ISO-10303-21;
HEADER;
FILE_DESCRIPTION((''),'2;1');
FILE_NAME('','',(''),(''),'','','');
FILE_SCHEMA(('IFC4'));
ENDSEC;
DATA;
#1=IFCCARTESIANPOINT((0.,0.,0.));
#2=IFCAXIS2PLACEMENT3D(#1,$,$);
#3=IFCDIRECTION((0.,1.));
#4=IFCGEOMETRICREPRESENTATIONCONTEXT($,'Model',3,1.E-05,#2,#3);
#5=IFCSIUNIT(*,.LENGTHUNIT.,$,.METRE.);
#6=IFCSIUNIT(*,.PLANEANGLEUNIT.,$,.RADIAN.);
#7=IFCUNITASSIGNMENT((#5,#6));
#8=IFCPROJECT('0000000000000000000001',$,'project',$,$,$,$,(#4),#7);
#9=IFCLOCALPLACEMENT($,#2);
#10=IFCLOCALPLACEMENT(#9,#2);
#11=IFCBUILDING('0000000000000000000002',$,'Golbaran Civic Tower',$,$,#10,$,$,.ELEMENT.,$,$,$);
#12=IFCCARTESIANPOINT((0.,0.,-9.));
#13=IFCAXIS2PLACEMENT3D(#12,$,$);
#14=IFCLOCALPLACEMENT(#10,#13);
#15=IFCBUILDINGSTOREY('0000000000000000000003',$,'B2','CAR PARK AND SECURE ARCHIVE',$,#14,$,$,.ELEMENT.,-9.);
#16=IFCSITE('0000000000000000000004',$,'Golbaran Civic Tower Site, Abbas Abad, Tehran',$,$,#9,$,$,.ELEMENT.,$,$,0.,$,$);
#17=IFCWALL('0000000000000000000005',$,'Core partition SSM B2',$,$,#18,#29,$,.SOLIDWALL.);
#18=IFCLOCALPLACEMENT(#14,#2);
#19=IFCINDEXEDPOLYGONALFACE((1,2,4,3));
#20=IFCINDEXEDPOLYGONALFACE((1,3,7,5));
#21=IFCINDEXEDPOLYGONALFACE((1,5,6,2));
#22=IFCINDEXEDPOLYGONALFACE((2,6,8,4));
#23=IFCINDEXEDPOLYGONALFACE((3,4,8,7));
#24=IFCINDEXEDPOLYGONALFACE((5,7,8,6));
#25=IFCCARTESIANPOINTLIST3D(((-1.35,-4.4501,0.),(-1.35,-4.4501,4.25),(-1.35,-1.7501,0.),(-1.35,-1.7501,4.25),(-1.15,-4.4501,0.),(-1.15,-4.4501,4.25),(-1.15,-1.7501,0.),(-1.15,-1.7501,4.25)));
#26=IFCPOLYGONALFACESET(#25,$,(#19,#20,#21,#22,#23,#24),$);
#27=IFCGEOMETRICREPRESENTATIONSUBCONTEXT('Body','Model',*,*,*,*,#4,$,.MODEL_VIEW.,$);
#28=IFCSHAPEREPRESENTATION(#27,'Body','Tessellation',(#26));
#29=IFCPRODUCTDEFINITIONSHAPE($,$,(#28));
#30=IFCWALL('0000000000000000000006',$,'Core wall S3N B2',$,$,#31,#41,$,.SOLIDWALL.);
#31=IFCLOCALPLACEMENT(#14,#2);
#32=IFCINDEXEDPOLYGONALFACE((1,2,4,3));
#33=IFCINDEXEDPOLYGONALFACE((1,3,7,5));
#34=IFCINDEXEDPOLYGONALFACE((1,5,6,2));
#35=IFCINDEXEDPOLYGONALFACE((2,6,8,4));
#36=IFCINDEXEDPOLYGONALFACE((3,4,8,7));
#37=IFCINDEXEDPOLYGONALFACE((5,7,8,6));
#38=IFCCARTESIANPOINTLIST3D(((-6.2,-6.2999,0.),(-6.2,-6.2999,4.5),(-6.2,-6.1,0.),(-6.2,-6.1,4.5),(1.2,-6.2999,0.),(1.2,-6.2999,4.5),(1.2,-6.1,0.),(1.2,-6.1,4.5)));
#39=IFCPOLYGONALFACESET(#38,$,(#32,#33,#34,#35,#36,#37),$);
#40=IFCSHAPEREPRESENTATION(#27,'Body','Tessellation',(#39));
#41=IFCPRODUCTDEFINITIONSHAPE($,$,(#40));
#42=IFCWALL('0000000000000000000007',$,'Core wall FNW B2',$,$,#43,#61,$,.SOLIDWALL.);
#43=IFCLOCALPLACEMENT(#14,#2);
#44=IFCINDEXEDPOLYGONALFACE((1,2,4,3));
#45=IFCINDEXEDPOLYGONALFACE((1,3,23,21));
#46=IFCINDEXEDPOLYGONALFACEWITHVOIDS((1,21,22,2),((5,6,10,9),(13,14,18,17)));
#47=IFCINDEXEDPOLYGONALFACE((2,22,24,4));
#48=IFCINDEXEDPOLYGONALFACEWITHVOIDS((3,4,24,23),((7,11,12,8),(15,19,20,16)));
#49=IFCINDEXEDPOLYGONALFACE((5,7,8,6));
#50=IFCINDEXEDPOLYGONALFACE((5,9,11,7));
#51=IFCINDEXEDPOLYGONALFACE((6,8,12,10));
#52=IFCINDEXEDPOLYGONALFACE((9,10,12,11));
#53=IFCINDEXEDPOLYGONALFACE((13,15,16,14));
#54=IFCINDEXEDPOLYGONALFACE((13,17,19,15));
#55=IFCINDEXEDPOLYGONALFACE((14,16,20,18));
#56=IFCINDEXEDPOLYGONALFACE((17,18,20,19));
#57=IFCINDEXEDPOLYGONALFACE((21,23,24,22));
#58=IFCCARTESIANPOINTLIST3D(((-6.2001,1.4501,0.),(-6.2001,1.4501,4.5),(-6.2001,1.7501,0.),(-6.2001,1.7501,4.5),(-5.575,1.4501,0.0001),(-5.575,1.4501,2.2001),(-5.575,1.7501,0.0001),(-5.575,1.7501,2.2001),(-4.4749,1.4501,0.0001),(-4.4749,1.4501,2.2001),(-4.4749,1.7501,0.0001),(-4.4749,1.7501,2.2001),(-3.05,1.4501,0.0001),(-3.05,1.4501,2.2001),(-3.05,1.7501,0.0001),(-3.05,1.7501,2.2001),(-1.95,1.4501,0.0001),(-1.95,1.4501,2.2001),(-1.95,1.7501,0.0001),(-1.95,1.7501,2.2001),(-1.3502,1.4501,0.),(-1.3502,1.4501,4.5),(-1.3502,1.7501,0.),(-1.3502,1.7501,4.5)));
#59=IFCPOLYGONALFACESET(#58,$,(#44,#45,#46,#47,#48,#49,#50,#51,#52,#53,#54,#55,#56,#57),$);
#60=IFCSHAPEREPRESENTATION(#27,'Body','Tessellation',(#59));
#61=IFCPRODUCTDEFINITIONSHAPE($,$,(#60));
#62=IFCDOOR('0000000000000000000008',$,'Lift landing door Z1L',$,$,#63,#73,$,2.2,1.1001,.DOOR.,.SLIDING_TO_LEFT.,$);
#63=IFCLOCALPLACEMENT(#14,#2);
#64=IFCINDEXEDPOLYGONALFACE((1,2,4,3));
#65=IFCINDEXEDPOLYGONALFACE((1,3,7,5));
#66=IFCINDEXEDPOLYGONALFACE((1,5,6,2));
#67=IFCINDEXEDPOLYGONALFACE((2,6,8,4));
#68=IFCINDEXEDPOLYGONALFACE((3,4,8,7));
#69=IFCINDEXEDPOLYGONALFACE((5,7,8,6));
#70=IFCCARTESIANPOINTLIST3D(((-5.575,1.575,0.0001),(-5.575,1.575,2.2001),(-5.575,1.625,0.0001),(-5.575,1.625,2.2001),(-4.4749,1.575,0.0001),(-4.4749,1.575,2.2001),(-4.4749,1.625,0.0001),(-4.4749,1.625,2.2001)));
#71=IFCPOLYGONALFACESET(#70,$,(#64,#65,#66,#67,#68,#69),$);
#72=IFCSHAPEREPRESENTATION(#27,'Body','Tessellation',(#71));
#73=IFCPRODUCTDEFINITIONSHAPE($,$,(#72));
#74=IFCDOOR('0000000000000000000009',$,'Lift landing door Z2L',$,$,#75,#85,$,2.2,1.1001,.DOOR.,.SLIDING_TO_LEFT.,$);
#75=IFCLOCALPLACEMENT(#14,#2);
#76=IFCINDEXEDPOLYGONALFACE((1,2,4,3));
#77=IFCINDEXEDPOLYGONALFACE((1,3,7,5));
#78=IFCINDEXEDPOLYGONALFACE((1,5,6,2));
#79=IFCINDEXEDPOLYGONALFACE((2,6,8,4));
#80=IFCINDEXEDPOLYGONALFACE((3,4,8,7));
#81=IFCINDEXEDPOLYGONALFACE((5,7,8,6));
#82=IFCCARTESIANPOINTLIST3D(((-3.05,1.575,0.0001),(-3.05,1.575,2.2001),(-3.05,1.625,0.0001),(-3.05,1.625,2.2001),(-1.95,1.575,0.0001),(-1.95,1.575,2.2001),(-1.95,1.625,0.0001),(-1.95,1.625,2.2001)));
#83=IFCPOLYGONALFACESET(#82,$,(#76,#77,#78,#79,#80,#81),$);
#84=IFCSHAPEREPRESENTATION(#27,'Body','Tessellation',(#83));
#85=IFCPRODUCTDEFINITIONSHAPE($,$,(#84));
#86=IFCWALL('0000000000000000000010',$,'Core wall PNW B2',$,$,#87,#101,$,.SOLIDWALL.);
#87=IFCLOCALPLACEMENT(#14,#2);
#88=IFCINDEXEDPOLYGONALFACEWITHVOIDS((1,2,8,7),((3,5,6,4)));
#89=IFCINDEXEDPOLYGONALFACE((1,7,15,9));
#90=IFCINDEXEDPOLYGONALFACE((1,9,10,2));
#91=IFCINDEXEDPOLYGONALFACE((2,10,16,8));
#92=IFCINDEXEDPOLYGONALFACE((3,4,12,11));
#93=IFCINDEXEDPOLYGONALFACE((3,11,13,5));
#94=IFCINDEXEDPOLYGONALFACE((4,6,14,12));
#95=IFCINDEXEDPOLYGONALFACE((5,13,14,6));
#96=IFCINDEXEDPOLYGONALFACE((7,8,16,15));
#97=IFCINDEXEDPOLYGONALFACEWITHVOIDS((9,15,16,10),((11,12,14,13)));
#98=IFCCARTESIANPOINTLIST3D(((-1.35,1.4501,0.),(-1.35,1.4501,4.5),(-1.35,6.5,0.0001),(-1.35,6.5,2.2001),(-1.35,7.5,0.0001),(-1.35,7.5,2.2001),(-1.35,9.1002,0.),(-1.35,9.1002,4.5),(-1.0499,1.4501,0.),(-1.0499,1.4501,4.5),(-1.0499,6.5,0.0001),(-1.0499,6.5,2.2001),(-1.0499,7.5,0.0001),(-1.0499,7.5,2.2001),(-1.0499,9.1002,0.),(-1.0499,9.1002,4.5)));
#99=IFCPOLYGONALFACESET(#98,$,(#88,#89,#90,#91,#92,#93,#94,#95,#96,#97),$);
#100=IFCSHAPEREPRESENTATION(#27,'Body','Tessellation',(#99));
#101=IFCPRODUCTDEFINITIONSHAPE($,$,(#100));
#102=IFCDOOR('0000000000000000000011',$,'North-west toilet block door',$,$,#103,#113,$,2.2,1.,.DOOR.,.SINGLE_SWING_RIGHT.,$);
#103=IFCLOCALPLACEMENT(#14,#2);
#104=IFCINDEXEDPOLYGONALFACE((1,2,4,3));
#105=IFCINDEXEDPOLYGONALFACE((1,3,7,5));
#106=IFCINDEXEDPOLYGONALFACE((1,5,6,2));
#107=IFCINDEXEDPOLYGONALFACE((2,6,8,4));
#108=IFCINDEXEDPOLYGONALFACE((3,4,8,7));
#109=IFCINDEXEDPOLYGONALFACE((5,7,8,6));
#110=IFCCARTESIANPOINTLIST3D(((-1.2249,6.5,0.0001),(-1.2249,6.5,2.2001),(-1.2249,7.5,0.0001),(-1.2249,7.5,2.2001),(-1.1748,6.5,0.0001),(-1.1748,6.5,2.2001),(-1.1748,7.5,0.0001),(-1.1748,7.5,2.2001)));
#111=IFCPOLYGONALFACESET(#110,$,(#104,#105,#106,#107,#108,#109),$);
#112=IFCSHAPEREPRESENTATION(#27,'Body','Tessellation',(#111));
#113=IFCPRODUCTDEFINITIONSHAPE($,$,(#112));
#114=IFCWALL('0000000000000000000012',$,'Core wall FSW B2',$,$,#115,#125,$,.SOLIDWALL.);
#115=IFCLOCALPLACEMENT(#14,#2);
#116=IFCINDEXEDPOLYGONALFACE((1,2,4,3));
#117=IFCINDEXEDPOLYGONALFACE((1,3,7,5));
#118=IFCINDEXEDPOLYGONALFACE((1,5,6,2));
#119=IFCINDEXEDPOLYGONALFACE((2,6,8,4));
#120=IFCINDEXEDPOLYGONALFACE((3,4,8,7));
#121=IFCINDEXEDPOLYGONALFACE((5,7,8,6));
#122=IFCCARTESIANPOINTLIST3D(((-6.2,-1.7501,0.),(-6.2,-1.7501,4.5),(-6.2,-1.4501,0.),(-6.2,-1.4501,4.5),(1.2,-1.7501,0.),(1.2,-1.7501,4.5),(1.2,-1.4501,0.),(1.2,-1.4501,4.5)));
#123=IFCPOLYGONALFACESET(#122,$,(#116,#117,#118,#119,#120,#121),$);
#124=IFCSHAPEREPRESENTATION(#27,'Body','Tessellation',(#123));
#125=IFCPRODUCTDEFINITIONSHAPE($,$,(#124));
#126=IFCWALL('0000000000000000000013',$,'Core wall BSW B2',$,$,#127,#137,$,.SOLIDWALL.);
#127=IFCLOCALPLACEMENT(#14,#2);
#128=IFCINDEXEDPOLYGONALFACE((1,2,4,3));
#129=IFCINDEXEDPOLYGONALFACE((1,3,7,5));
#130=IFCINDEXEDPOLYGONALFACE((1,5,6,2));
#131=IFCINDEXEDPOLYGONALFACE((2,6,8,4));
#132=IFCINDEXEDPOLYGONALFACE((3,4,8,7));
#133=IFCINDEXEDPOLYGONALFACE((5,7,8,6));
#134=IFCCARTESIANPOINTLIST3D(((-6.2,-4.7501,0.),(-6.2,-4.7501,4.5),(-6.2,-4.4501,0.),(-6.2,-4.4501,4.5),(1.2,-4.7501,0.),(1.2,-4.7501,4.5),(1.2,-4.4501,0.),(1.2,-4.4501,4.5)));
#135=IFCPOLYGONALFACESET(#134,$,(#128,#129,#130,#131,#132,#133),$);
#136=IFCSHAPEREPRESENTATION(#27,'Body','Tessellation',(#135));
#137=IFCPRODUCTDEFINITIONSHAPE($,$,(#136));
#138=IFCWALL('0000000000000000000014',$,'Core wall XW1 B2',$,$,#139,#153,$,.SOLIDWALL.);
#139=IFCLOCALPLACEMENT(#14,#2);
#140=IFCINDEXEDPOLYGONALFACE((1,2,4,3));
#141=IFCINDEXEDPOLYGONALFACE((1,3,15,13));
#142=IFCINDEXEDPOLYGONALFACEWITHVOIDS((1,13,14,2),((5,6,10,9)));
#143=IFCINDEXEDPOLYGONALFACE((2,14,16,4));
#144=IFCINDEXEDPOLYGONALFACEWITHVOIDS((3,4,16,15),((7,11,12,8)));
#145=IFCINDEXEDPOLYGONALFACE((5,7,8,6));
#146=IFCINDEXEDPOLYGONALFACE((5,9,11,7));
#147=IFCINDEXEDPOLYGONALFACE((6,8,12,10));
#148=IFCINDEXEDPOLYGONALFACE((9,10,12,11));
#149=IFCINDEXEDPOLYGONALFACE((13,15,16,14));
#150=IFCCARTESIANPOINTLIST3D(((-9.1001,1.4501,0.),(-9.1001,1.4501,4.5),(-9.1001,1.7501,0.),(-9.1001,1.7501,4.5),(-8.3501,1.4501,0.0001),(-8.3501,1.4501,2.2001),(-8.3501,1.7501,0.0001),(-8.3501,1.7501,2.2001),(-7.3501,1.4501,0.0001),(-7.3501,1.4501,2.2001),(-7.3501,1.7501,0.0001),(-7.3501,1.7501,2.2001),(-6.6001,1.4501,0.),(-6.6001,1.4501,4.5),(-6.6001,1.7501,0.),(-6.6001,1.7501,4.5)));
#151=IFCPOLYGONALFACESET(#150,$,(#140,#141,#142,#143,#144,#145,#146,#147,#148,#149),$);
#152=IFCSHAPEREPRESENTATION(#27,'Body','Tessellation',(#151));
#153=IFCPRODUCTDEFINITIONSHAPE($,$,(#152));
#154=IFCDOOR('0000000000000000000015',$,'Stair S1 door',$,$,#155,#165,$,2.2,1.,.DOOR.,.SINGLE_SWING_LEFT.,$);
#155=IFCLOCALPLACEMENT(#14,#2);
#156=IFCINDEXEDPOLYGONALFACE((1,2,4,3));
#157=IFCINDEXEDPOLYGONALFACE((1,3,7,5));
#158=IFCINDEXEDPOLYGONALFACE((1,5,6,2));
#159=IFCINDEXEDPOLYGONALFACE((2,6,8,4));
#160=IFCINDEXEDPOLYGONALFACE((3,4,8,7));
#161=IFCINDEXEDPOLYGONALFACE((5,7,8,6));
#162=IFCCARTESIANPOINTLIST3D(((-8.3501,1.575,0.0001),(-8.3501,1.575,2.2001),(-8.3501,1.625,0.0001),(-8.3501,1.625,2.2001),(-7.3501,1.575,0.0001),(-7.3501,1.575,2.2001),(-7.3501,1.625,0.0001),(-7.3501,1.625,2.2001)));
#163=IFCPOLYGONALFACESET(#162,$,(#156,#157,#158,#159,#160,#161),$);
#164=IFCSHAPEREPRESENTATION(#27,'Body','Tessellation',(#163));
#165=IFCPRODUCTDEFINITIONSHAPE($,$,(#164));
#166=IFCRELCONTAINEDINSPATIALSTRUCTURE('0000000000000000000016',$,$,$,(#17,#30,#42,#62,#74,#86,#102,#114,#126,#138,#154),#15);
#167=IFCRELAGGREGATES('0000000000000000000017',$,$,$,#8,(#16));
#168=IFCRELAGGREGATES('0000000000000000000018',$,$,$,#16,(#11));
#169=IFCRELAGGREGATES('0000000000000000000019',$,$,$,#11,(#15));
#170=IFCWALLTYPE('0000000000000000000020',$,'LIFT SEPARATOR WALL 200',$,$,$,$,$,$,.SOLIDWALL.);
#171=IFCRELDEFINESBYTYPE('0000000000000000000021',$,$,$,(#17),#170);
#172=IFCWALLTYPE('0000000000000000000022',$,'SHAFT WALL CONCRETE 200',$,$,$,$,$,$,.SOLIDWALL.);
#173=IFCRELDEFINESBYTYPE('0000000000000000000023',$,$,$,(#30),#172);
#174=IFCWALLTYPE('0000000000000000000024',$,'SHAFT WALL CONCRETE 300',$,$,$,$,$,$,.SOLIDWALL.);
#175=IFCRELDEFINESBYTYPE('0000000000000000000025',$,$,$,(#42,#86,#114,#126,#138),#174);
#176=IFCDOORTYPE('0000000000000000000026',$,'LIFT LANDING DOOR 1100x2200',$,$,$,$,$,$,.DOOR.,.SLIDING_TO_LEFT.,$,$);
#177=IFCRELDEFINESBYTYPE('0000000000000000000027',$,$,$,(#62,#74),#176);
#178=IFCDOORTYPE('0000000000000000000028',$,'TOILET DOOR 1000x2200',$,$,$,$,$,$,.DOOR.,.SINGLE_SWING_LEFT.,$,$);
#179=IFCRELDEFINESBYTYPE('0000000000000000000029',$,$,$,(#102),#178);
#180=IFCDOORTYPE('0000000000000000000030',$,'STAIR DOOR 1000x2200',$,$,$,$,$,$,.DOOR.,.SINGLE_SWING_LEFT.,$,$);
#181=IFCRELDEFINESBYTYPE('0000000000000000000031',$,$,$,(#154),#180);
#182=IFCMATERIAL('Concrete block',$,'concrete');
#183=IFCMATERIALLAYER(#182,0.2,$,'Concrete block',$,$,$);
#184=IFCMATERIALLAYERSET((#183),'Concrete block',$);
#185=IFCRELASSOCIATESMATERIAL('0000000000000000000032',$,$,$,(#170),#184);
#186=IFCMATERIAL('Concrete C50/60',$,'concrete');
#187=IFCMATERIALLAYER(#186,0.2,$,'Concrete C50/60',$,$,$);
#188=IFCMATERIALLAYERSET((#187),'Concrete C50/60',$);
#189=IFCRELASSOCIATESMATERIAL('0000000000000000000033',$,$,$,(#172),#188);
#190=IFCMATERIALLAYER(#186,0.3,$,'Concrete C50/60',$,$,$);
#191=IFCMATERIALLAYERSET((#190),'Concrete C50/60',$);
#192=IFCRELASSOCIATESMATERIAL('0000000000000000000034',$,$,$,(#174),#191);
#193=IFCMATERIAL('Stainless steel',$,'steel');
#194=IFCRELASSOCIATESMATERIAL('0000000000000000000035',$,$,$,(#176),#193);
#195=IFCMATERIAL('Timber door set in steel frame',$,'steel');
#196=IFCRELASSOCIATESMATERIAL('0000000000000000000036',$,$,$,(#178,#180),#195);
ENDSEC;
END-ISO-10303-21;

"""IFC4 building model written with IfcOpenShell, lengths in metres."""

from ifc_helpers import new_model, si_unit, direction, frame, frame_2d, origin, place, context, subcontext, project, spatial, rectangle, extrude, material, layer, layer_set, type_object, element, fill, save


model = new_model("IFC4")

# Units and contexts
model_context = context("Model", 3, precision=1e-05, world=origin(), true_north=direction((0.0, 1.0)))
body_context = subcontext(model_context, "Body", "Model", "MODEL_VIEW")
ifc_project = project(units=[si_unit("LENGTHUNIT", "METRE"), si_unit("PLANEANGLEUNIT", "RADIAN")], contexts=[model_context])

# Site, building, storey
site_placement = place(None, origin())
site = spatial("IfcSite", under=ifc_project, at=site_placement, Name="Golbaran Civic Tower Site, Abbas Abad, Tehran", CompositionType="ELEMENT", RefElevation=0.0)
building_placement = place(site_placement, origin())
building = spatial("IfcBuilding", under=site, at=building_placement, Name="Golbaran Civic Tower", CompositionType="ELEMENT")
storey_placement = place(building_placement, frame((0.0, 0.0, -9.0)))
storey = spatial("IfcBuildingStorey", under=building, at=storey_placement, Name="B2", Description="CAR PARK AND SECURE ARCHIVE", CompositionType="ELEMENT", Elevation=-9.0)

# Shared definitions
ifc_material_1 = material(Name="Concrete C50/60", Category="concrete")

# Walls
ifc_material_2 = material(Name="Concrete block", Category="concrete")
ifc_layer_1 = layer(ifc_material_2, 0.2, Name="Concrete block")
ifc_layer_set_1 = layer_set([ifc_layer_1], Name="Concrete block")
wall_type_1 = type_object("IfcWallType", Name="LIFT SEPARATOR WALL 200", PredefinedType="SOLIDWALL", material=ifc_layer_set_1)
for number, where, z_axis, x_axis, name in (
    (1, (-1.25, -1.75, 0.0), (0.0, 0.0, 1.0), (0.0, -1.0, 0.0), "Core partition SSM B2"),
):
    element("IfcWall", number, at=place(storey_placement, frame(where, z_axis=z_axis, x_axis=x_axis)), inside=storey, type_object=wall_type_1, Name=name, PredefinedType="SOLIDWALL", context=body_context, shape_type="SweptSolid", body=[
        extrude(rectangle(XDim=2.7, YDim=0.2, at=frame_2d((1.3501, 0.0))), origin(), (0.0, 0.0, 1.0), 4.25),
    ])
ifc_layer_2 = layer(ifc_material_1, 0.2, Name="Concrete C50/60")
ifc_layer_set_2 = layer_set([ifc_layer_2], Name="Concrete C50/60")
wall_type_2 = type_object("IfcWallType", Name="SHAFT WALL CONCRETE 200", PredefinedType="SOLIDWALL", material=ifc_layer_set_2)
wall_1_placement = place(storey_placement, frame((-6.2, -6.2, 0.0), z_axis=(0.0, 0.0, 1.0), x_axis=(1.0, 0.0, 0.0)))
element("IfcWall", 2, at=wall_1_placement, inside=storey, type_object=wall_type_2, Name="Core wall S3N B2", PredefinedType="SOLIDWALL", context=body_context, shape_type="SweptSolid", body=[
    extrude(rectangle(XDim=7.3999, YDim=0.2, at=frame_2d((3.7, 0.0))), origin(), (0.0, 0.0, 1.0), 4.5),
])

# Wall, openings, doors
ifc_layer_3 = layer(ifc_material_1, 0.3, Name="Concrete C50/60")
ifc_layer_set_3 = layer_set([ifc_layer_3], Name="Concrete C50/60")
wall_type_3 = type_object("IfcWallType", Name="SHAFT WALL CONCRETE 300", PredefinedType="SOLIDWALL", material=ifc_layer_set_3)
wall_2_placement = place(storey_placement, frame((-6.2, 1.6001, 0.0), z_axis=(0.0, 0.0, 1.0), x_axis=(1.0, 0.0, 0.0)))
wall_2 = element("IfcWall", 3, at=wall_2_placement, inside=storey, type_object=wall_type_3, Name="Core wall FNW B2", PredefinedType="SOLIDWALL", context=body_context, shape_type="SweptSolid", body=[
    extrude(rectangle(XDim=4.8499, YDim=0.3, at=frame_2d((2.4248, 0.0))), origin(), (0.0, 0.0, 1.0), 4.5),
])
opening_1_placement = place(wall_2_placement, frame((0.625, 0.0, 0.0)))
opening_1 = element("IfcOpeningElement", 4, at=opening_1_placement, cuts=wall_2, PredefinedType="OPENING", context=body_context, shape_type="SweptSolid", body=[
    extrude(rectangle(XDim=1.1001, YDim=2.2, at=frame_2d((0.55, 1.1001))), frame((0.0, 0.1599, 0.0), z_axis=(0.0, -1.0, 0.0), x_axis=(1.0, 0.0, 0.0)), (0.0, 0.0, 1.0), 0.3201),
])
opening_2_placement = place(wall_2_placement, frame((3.1499, 0.0, 0.0)))
opening_2 = element("IfcOpeningElement", 5, at=opening_2_placement, cuts=wall_2, PredefinedType="OPENING", context=body_context, shape_type="SweptSolid", body=[
    extrude(rectangle(XDim=1.1001, YDim=2.2, at=frame_2d((0.55, 1.1001))), frame((0.0, 0.1599, 0.0), z_axis=(0.0, -1.0, 0.0), x_axis=(1.0, 0.0, 0.0)), (0.0, 0.0, 1.0), 0.3201),
])
ifc_material_3 = material(Name="Stainless steel", Category="steel")
door_type_1 = type_object("IfcDoorType", Name="LIFT LANDING DOOR 1100x2200", OperationType="SLIDING_TO_LEFT", PredefinedType="DOOR", material=ifc_material_3)
door_1_placement = place(opening_1_placement, origin())
door_1 = element("IfcDoor", 6, at=door_1_placement, inside=storey, type_object=door_type_1, Name="Lift landing door Z1L", OperationType="SLIDING_TO_LEFT", OverallHeight=2.2, OverallWidth=1.1001, PredefinedType="DOOR", context=body_context, shape_type="SweptSolid", body=[
    extrude(rectangle(XDim=1.1001, YDim=2.2, at=frame_2d((0.55, 1.1001))), frame((0.0, 0.0249, 0.0), z_axis=(0.0, -1.0, 0.0), x_axis=(1.0, 0.0, 0.0)), (0.0, 0.0, 1.0), 0.05),
])
fill(opening_1, door_1)
door_2_placement = place(opening_2_placement, origin())
door_2 = element("IfcDoor", 7, at=door_2_placement, inside=storey, type_object=door_type_1, Name="Lift landing door Z2L", OperationType="SLIDING_TO_LEFT", OverallHeight=2.2, OverallWidth=1.1001, PredefinedType="DOOR", context=body_context, shape_type="SweptSolid", body=[
    extrude(rectangle(XDim=1.1001, YDim=2.2, at=frame_2d((0.55, 1.1001))), frame((0.0, 0.0249, 0.0), z_axis=(0.0, -1.0, 0.0), x_axis=(1.0, 0.0, 0.0)), (0.0, 0.0, 1.0), 0.05),
])
fill(opening_2, door_2)

# Wall, opening, door
wall_3_placement = place(storey_placement, frame((-1.2, 1.45, 0.0), z_axis=(0.0, 0.0, 1.0), x_axis=(0.0, 1.0, 0.0)))
wall_3 = element("IfcWall", 8, at=wall_3_placement, inside=storey, type_object=wall_type_3, Name="Core wall PNW B2", PredefinedType="SOLIDWALL", context=body_context, shape_type="SweptSolid", body=[
    extrude(rectangle(XDim=7.6501, YDim=0.3, at=frame_2d((3.8252, 0.0))), origin(), (0.0, 0.0, 1.0), 4.5),
])
opening_3_placement = place(wall_3_placement, frame((5.05, 0.0, 0.0)))
opening_3 = element("IfcOpeningElement", 9, at=opening_3_placement, cuts=wall_3, PredefinedType="OPENING", context=body_context, shape_type="SweptSolid", body=[
    extrude(rectangle(XDim=1.0, YDim=2.2, at=frame_2d((0.5, 1.1001))), frame((0.0, 0.1599, 0.0), z_axis=(0.0, -1.0, 0.0), x_axis=(1.0, 0.0, 0.0)), (0.0, 0.0, 1.0), 0.3201),
])
ifc_material_4 = material(Name="Timber door set in steel frame", Category="steel")
door_type_2 = type_object("IfcDoorType", Name="TOILET DOOR 1000x2200", OperationType="SINGLE_SWING_LEFT", PredefinedType="DOOR", material=ifc_material_4)
door_3_placement = place(opening_3_placement, origin())
door_3 = element("IfcDoor", 10, at=door_3_placement, inside=storey, type_object=door_type_2, Name="North-west toilet block door", OperationType="SINGLE_SWING_RIGHT", OverallHeight=2.2, OverallWidth=1.0, PredefinedType="DOOR", context=body_context, shape_type="SweptSolid", body=[
    extrude(rectangle(XDim=1.0, YDim=2.2, at=frame_2d((0.5, 1.1001))), frame((0.0, 0.0249, 0.0), z_axis=(0.0, -1.0, 0.0), x_axis=(1.0, 0.0, 0.0)), (0.0, 0.0, 1.0), 0.05),
])
fill(opening_3, door_3)

# Walls
for number, where, z_axis, x_axis, name in (
    (11, (-6.2, -1.6001, 0.0), (0.0, 0.0, 1.0), (1.0, 0.0, 0.0), "Core wall FSW B2"),
    (12, (-6.2, -4.6001, 0.0), (0.0, 0.0, 1.0), (1.0, 0.0, 0.0), "Core wall BSW B2"),
):
    element("IfcWall", number, at=place(storey_placement, frame(where, z_axis=z_axis, x_axis=x_axis)), inside=storey, type_object=wall_type_3, Name=name, PredefinedType="SOLIDWALL", context=body_context, shape_type="SweptSolid", body=[
        extrude(rectangle(XDim=7.3999, YDim=0.3, at=frame_2d((3.7, 0.0))), origin(), (0.0, 0.0, 1.0), 4.5),
    ])

# Wall, opening, door
wall_4_placement = place(storey_placement, frame((-9.1001, 1.6001, 0.0), z_axis=(0.0, 0.0, 1.0), x_axis=(1.0, 0.0, 0.0)))
wall_4 = element("IfcWall", 13, at=wall_4_placement, inside=storey, type_object=wall_type_3, Name="Core wall XW1 B2", PredefinedType="SOLIDWALL", context=body_context, shape_type="SweptSolid", body=[
    extrude(rectangle(XDim=2.5, YDim=0.3, at=frame_2d((1.25, 0.0))), origin(), (0.0, 0.0, 1.0), 4.5),
])
opening_4_placement = place(wall_4_placement, frame((0.75, 0.0, 0.0)))
opening_4 = element("IfcOpeningElement", 14, at=opening_4_placement, cuts=wall_4, PredefinedType="OPENING", context=body_context, shape_type="SweptSolid", body=[
    extrude(rectangle(XDim=1.0, YDim=2.2, at=frame_2d((0.5, 1.1001))), frame((0.0, 0.1599, 0.0), z_axis=(0.0, -1.0, 0.0), x_axis=(1.0, 0.0, 0.0)), (0.0, 0.0, 1.0), 0.3201),
])
door_type_3 = type_object("IfcDoorType", Name="STAIR DOOR 1000x2200", OperationType="SINGLE_SWING_LEFT", PredefinedType="DOOR", material=ifc_material_4)
door_4_placement = place(opening_4_placement, origin())
door_4 = element("IfcDoor", 15, at=door_4_placement, inside=storey, type_object=door_type_3, Name="Stair S1 door", OperationType="SINGLE_SWING_LEFT", OverallHeight=2.2, OverallWidth=1.0, PredefinedType="DOOR", context=body_context, shape_type="SweptSolid", body=[
    extrude(rectangle(XDim=1.0, YDim=2.2, at=frame_2d((0.5, 1.1001))), frame((0.0, 0.0249, 0.0), z_axis=(0.0, -1.0, 0.0), x_axis=(1.0, 0.0, 0.0)), (0.0, 0.0, 1.0), 0.05),
])
fill(opening_4, door_4)

save(model, "model.ifc")
